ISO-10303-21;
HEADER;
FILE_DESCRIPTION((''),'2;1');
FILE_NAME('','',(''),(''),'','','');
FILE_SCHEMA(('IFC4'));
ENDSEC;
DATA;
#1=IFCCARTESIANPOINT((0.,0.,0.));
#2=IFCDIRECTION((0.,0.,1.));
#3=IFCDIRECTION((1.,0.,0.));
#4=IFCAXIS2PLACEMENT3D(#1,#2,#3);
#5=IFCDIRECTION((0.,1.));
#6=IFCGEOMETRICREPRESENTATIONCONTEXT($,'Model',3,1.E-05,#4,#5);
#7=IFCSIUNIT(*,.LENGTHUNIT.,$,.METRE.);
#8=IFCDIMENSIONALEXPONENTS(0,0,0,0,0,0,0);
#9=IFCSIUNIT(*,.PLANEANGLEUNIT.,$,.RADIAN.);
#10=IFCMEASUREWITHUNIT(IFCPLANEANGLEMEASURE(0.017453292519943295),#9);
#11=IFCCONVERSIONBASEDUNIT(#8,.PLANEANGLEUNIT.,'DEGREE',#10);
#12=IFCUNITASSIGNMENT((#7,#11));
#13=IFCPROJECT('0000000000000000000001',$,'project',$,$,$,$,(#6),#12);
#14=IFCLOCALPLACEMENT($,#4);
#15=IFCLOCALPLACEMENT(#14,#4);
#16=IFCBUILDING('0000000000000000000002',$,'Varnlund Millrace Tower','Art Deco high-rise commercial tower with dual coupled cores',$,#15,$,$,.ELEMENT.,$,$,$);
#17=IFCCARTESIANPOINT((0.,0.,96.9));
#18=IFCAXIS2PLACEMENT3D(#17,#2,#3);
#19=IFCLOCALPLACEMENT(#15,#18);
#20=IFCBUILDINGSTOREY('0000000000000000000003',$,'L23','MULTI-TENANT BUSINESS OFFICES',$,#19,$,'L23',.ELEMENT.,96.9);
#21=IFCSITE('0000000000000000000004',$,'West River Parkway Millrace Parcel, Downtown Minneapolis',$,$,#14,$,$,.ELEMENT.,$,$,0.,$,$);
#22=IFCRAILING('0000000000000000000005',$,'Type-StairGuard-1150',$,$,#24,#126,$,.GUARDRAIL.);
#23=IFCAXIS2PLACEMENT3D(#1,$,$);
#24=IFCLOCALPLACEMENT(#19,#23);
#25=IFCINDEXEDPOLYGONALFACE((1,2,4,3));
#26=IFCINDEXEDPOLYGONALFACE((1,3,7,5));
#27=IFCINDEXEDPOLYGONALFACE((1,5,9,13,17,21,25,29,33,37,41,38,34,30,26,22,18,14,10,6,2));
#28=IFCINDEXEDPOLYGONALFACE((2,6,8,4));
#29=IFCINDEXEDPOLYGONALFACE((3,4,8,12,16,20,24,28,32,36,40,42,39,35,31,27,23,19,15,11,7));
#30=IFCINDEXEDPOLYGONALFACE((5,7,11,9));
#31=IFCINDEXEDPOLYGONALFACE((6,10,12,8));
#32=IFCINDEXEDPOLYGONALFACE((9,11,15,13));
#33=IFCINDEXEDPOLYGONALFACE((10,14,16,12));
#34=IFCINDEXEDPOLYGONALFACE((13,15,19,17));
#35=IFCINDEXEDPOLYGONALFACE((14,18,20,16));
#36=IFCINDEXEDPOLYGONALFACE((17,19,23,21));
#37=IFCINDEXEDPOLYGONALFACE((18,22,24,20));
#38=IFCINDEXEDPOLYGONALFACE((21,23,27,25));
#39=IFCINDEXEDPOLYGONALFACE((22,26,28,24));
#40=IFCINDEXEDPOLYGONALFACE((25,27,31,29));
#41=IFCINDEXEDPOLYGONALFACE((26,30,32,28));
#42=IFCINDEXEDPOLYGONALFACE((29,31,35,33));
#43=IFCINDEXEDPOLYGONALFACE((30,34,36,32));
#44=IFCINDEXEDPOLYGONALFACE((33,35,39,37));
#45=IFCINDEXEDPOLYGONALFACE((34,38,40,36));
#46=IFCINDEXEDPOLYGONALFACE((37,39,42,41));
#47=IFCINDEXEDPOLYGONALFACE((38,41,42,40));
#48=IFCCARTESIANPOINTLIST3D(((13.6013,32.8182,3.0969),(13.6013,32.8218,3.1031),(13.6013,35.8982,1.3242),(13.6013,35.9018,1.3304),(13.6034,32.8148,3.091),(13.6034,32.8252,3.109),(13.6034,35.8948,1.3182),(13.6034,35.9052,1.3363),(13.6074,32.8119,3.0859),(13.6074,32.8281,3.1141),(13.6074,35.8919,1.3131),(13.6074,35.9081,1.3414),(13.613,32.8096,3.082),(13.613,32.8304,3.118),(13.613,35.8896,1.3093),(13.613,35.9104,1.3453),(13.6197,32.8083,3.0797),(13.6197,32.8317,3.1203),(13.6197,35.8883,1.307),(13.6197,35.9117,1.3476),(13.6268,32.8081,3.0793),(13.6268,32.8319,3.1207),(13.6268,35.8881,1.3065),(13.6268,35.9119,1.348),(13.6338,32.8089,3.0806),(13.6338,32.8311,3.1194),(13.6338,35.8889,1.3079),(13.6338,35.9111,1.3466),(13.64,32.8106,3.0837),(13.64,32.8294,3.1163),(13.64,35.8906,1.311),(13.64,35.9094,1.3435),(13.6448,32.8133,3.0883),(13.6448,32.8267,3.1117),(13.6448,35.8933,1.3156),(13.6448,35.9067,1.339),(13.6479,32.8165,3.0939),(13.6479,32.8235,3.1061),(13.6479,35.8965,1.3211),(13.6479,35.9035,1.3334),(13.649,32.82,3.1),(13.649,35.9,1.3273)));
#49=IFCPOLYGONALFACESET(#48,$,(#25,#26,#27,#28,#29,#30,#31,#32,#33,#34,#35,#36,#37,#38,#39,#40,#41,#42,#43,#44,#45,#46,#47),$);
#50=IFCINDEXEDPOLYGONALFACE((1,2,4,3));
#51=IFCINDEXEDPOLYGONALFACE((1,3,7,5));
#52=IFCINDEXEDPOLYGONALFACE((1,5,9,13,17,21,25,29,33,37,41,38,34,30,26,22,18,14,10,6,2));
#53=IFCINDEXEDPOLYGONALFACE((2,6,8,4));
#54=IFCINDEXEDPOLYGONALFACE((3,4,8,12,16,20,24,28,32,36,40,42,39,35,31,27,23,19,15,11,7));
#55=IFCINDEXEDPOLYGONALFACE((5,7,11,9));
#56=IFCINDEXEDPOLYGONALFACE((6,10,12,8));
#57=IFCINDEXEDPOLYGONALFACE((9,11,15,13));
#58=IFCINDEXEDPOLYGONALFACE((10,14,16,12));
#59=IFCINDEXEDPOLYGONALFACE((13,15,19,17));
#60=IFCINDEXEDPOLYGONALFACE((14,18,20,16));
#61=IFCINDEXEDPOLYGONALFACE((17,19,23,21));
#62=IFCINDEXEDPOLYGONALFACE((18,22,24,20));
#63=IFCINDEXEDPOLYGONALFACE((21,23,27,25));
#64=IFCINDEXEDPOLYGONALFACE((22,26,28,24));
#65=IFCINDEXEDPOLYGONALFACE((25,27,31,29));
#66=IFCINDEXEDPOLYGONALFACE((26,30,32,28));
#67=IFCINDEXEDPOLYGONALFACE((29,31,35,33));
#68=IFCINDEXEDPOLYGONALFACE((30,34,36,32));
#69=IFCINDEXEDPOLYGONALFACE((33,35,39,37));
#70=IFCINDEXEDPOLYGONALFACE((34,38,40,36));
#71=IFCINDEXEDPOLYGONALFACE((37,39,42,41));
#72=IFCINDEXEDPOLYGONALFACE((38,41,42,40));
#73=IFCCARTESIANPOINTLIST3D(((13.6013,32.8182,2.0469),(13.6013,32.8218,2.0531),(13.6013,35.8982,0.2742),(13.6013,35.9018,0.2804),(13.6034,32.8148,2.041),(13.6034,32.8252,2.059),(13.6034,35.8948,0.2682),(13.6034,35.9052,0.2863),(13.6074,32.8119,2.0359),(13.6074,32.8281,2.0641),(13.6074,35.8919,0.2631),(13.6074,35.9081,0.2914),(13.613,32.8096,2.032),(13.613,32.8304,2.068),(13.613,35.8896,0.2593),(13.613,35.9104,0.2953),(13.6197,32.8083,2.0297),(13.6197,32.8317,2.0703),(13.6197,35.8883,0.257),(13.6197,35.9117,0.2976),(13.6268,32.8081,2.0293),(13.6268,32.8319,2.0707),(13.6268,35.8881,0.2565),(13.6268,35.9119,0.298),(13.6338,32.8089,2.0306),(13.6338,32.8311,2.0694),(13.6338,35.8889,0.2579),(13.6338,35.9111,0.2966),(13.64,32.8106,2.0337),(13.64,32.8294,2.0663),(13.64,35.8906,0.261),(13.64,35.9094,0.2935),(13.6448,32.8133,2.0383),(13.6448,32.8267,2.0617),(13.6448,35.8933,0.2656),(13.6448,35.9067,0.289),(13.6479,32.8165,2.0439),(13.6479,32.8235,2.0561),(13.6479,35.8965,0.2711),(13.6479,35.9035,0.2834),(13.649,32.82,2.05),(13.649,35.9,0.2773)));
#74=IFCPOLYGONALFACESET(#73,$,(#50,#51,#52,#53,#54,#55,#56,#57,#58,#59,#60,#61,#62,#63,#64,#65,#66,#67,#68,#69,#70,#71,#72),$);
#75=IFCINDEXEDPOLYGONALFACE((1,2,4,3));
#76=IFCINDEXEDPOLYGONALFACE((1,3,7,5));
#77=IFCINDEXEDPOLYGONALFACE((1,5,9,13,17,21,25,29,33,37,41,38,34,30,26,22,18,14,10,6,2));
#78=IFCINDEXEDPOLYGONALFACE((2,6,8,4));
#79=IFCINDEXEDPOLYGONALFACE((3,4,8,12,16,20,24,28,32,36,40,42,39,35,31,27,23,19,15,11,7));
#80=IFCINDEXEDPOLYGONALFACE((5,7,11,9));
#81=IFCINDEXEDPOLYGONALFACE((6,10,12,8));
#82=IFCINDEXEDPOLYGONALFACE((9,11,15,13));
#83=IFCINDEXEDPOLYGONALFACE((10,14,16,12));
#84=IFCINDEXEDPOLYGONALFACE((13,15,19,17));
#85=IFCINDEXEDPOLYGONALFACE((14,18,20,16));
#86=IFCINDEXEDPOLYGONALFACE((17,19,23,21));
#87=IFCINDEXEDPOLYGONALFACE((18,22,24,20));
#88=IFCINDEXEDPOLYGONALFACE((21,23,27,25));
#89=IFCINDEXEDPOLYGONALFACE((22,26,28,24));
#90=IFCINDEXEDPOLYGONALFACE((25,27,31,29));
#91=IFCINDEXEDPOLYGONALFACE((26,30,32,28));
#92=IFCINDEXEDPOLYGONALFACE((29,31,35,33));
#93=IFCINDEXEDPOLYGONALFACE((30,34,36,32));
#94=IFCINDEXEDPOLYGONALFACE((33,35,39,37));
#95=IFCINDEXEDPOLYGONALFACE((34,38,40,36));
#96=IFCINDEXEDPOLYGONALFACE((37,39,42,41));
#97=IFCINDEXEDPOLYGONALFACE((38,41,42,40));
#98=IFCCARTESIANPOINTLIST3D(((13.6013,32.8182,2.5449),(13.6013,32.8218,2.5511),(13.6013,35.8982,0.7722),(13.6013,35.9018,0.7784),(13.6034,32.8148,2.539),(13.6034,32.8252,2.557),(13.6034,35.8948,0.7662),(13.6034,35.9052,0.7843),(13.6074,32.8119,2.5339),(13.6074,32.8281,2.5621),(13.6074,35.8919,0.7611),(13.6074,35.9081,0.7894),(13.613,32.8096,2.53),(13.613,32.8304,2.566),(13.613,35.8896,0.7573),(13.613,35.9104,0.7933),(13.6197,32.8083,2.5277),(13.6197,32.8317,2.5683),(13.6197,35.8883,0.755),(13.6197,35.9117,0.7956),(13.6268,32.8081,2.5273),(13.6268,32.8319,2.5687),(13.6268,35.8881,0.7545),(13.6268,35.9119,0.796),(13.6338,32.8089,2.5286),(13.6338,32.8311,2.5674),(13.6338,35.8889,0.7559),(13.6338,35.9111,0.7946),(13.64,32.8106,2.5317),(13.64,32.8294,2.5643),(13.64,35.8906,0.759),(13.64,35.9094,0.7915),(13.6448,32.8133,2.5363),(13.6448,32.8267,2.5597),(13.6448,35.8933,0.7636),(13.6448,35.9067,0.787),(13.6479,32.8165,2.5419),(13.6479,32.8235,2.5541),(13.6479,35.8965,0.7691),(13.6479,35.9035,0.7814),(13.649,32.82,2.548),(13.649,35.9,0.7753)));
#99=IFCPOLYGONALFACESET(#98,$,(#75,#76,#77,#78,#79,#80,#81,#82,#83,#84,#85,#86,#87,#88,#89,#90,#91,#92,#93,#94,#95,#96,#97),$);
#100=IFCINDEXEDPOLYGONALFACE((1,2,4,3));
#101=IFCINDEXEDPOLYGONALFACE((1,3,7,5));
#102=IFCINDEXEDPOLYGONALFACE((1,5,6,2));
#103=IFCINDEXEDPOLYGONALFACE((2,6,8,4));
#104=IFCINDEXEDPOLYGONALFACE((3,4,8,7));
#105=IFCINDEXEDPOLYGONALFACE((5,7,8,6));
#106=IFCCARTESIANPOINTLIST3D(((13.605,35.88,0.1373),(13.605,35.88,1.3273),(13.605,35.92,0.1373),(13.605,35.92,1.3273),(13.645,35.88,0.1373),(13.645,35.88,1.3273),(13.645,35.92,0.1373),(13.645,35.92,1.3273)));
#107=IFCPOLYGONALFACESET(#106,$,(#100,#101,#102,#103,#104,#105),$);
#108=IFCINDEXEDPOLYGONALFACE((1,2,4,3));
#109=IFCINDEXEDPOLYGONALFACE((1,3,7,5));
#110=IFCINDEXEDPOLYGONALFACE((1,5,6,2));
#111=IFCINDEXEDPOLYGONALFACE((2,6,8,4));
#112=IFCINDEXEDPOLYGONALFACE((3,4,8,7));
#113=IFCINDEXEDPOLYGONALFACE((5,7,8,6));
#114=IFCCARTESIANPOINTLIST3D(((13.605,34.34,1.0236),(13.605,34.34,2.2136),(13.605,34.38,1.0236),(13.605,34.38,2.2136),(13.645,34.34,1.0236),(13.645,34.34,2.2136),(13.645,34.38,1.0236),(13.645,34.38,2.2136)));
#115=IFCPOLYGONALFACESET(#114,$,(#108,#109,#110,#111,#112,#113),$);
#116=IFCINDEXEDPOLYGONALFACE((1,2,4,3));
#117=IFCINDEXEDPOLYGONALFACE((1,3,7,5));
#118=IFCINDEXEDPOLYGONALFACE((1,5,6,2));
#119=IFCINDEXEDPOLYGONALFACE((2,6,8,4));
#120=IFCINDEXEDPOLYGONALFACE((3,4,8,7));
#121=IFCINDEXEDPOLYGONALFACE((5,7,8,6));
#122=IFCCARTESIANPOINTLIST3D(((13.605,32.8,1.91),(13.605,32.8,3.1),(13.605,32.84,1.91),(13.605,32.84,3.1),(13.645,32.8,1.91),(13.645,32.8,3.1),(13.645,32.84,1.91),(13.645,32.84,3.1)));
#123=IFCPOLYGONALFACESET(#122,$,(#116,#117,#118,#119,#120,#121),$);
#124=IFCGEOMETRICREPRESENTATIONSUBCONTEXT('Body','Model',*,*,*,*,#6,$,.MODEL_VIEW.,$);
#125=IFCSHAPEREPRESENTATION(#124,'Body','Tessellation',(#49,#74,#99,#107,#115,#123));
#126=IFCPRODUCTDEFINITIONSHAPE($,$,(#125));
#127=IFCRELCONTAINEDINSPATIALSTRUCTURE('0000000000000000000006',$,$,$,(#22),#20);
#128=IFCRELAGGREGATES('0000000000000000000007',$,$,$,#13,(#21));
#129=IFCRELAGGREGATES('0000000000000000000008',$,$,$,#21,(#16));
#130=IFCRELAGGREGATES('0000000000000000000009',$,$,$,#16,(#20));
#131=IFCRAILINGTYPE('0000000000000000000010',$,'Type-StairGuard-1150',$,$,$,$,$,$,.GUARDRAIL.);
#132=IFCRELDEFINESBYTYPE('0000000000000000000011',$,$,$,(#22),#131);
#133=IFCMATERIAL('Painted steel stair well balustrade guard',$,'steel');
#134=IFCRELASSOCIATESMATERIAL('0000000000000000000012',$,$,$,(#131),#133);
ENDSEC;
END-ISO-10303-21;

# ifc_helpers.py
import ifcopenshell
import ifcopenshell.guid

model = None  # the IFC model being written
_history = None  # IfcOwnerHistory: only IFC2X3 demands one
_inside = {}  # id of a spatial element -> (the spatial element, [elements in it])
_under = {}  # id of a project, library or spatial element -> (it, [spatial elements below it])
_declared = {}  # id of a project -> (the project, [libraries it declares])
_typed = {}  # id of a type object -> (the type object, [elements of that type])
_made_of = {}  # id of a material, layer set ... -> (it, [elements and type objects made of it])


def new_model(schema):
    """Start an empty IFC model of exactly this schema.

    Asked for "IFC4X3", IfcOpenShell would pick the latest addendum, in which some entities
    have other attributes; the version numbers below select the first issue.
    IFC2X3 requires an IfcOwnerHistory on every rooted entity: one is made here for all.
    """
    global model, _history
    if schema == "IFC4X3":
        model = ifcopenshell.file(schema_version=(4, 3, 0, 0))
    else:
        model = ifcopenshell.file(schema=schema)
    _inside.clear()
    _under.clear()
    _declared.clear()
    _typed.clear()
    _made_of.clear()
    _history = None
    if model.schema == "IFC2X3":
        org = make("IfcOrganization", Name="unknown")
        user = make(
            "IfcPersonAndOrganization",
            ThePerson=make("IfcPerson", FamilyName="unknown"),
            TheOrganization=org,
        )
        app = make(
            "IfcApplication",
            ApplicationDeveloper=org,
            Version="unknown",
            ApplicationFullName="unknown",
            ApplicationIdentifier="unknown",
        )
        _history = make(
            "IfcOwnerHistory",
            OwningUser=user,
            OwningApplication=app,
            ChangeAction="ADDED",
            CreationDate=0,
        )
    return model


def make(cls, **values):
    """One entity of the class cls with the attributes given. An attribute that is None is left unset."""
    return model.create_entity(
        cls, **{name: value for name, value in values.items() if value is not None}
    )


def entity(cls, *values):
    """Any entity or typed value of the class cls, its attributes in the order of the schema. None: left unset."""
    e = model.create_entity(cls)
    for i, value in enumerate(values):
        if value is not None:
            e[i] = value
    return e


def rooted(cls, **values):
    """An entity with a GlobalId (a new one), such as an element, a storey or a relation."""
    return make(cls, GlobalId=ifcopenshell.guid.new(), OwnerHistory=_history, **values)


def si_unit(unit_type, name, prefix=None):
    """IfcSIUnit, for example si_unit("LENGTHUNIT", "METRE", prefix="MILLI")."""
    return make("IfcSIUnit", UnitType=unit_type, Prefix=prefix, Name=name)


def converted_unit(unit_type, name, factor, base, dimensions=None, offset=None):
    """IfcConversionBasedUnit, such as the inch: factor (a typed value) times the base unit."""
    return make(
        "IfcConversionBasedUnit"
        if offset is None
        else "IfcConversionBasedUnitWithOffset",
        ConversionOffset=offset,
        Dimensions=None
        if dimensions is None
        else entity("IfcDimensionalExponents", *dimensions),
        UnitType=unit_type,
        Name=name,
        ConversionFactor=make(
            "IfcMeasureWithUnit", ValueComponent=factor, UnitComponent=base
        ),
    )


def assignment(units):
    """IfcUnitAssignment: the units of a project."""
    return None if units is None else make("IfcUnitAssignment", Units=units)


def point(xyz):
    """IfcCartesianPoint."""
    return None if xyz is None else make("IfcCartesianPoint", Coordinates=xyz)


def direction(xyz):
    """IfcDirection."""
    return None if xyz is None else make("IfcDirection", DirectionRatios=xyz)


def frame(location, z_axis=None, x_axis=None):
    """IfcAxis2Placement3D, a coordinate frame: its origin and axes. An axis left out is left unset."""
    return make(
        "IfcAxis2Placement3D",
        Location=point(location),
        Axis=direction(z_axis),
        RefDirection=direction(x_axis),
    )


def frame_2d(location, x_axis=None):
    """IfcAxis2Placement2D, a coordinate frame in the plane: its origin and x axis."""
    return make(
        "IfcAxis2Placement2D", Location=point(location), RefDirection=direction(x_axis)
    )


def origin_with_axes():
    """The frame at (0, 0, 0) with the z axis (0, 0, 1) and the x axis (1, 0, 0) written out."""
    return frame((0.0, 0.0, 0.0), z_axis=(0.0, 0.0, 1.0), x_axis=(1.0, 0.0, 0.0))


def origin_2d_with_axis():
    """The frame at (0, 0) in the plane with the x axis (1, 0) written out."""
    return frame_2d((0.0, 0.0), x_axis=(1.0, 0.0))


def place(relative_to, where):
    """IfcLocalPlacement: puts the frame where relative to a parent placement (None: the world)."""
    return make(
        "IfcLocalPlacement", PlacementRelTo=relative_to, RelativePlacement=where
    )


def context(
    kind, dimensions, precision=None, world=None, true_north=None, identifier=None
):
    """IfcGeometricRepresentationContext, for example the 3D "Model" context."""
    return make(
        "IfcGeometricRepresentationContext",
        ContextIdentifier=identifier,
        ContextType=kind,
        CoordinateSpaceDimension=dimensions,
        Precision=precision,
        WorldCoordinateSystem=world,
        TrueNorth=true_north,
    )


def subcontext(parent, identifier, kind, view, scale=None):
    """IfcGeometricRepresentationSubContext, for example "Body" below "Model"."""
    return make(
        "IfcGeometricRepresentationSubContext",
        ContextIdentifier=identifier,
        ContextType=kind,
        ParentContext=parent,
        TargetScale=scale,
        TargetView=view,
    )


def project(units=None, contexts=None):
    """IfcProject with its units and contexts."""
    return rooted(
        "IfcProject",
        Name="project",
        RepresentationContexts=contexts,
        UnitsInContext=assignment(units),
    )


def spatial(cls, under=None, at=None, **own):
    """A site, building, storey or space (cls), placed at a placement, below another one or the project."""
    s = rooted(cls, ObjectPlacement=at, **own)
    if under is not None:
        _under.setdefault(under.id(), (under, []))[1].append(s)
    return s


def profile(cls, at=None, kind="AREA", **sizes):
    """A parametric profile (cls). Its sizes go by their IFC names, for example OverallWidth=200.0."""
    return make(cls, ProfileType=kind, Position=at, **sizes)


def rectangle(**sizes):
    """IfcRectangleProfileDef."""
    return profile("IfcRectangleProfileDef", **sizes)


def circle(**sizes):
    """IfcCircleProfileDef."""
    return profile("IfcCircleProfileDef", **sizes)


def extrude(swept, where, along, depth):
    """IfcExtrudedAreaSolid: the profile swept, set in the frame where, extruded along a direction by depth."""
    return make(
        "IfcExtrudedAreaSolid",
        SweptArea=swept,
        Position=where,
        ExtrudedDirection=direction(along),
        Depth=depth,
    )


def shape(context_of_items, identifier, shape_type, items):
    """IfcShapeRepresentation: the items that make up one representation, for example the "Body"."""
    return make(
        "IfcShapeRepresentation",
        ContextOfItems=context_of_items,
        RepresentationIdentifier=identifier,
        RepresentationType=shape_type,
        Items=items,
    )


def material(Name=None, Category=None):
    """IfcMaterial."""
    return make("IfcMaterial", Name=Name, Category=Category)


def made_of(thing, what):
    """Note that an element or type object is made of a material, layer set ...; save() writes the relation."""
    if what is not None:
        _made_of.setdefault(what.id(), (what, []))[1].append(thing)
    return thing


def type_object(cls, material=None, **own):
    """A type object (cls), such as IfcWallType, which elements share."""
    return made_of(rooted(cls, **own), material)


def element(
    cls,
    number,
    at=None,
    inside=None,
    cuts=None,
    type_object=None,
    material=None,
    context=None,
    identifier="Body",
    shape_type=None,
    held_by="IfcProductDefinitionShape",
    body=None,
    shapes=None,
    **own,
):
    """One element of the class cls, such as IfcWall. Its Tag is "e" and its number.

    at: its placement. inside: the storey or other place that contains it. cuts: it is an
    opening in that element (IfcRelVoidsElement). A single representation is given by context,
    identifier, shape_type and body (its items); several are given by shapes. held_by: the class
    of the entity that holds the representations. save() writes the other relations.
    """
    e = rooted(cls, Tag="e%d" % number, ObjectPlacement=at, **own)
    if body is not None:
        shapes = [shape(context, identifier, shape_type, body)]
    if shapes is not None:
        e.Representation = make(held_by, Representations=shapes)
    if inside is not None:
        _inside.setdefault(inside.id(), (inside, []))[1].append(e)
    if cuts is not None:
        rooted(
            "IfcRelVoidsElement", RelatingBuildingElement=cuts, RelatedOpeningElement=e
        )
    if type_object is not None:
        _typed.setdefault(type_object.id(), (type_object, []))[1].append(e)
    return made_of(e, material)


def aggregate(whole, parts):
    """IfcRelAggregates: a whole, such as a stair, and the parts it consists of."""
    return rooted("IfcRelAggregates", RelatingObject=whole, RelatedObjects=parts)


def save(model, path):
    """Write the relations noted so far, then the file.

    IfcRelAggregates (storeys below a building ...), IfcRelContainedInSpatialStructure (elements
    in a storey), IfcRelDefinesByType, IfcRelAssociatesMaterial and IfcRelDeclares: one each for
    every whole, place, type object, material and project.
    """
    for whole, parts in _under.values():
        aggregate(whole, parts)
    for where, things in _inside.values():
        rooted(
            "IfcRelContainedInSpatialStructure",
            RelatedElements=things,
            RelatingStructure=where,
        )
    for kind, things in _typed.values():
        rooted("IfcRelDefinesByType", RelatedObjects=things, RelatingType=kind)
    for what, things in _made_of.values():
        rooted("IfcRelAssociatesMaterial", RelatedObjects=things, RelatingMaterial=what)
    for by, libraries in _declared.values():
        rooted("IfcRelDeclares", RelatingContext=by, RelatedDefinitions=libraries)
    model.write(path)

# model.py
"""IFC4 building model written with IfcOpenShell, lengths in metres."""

from ifc_helpers import new_model, entity, si_unit, converted_unit, direction, frame, origin_with_axes, origin_2d_with_axis, place, context, subcontext, project, spatial, rectangle, circle, extrude, material, type_object, element, save


model = new_model("IFC4")

# Units and contexts
model_context = context("Model", 3, precision=1e-05, world=origin_with_axes(), true_north=direction((0.0, 1.0)))
body_context = subcontext(model_context, "Body", "Model", "MODEL_VIEW")
ifc_project = project(units=[si_unit("LENGTHUNIT", "METRE"), converted_unit("PLANEANGLEUNIT", "DEGREE", entity("IfcPlaneAngleMeasure", 0.017453292519943295), si_unit("PLANEANGLEUNIT", "RADIAN"), dimensions=[0, 0, 0, 0, 0, 0, 0])], contexts=[model_context])

# Site, building, storey
site_placement = place(None, origin_with_axes())
site = spatial("IfcSite", under=ifc_project, at=site_placement, Name="West River Parkway Millrace Parcel, Downtown Minneapolis", CompositionType="ELEMENT", RefElevation=0.0)
building_placement = place(site_placement, origin_with_axes())
building = spatial("IfcBuilding", under=site, at=building_placement, Name="Varnlund Millrace Tower", Description="Art Deco high-rise commercial tower with dual coupled cores", CompositionType="ELEMENT")
storey_placement = place(building_placement, frame((0.0, 0.0, 96.9), z_axis=(0.0, 0.0, 1.0), x_axis=(1.0, 0.0, 0.0)))
storey = spatial("IfcBuildingStorey", under=building, at=storey_placement, Name="L23", Description="MULTI-TENANT BUSINESS OFFICES", LongName="L23", CompositionType="ELEMENT", Elevation=96.9)

# Railing
ifc_material_1 = material(Name="Painted steel stair well balustrade guard", Category="steel")
railing_type_1 = type_object("IfcRailingType", Name="Type-StairGuard-1150", PredefinedType="GUARDRAIL", material=ifc_material_1)
railing_1_placement = place(storey_placement, frame((0.0, 0.0, -96.9), z_axis=(0.0, 0.0, 1.0), x_axis=(1.0, 0.0, 0.0)))
element("IfcRailing", 1, at=railing_1_placement, inside=storey, type_object=railing_type_1, Name="Type-StairGuard-1150", PredefinedType="GUARDRAIL", context=body_context, shape_type="SweptSolid", body=[
    extrude(circle(Radius=0.024, at=origin_2d_with_axis()), frame((13.625, 35.9, 98.2273), z_axis=(0.0, -0.866696, 0.498836), x_axis=(1.0, 0.0, 0.0)), (0.0, 0.0, 1.0), 3.5537),
    extrude(circle(Radius=0.024, at=origin_2d_with_axis()), frame((13.625, 35.9, 97.1773), z_axis=(0.0, -0.866696, 0.498836), x_axis=(1.0, 0.0, 0.0)), (0.0, 0.0, 1.0), 3.5537),
    extrude(circle(Radius=0.024, at=origin_2d_with_axis()), frame((13.625, 35.9, 97.6753), z_axis=(0.0, -0.866696, 0.498836), x_axis=(1.0, 0.0, 0.0)), (0.0, 0.0, 1.0), 3.5537),
    extrude(rectangle(XDim=0.04, YDim=0.04, at=origin_2d_with_axis()), frame((13.625, 35.9, 97.0373), z_axis=(0.0, 0.0, 1.0), x_axis=(1.0, 0.0, 0.0)), (0.0, 0.0, 1.0), 1.19),
    extrude(rectangle(XDim=0.04, YDim=0.04, at=origin_2d_with_axis()), frame((13.625, 34.36, 97.9236), z_axis=(0.0, 0.0, 1.0), x_axis=(1.0, 0.0, 0.0)), (0.0, 0.0, 1.0), 1.19),
    extrude(rectangle(XDim=0.04, YDim=0.04, at=origin_2d_with_axis()), frame((13.625, 32.82, 98.81), z_axis=(0.0, 0.0, 1.0), x_axis=(1.0, 0.0, 0.0)), (0.0, 0.0, 1.0), 1.19),
])

save(model, "model.ifc")
